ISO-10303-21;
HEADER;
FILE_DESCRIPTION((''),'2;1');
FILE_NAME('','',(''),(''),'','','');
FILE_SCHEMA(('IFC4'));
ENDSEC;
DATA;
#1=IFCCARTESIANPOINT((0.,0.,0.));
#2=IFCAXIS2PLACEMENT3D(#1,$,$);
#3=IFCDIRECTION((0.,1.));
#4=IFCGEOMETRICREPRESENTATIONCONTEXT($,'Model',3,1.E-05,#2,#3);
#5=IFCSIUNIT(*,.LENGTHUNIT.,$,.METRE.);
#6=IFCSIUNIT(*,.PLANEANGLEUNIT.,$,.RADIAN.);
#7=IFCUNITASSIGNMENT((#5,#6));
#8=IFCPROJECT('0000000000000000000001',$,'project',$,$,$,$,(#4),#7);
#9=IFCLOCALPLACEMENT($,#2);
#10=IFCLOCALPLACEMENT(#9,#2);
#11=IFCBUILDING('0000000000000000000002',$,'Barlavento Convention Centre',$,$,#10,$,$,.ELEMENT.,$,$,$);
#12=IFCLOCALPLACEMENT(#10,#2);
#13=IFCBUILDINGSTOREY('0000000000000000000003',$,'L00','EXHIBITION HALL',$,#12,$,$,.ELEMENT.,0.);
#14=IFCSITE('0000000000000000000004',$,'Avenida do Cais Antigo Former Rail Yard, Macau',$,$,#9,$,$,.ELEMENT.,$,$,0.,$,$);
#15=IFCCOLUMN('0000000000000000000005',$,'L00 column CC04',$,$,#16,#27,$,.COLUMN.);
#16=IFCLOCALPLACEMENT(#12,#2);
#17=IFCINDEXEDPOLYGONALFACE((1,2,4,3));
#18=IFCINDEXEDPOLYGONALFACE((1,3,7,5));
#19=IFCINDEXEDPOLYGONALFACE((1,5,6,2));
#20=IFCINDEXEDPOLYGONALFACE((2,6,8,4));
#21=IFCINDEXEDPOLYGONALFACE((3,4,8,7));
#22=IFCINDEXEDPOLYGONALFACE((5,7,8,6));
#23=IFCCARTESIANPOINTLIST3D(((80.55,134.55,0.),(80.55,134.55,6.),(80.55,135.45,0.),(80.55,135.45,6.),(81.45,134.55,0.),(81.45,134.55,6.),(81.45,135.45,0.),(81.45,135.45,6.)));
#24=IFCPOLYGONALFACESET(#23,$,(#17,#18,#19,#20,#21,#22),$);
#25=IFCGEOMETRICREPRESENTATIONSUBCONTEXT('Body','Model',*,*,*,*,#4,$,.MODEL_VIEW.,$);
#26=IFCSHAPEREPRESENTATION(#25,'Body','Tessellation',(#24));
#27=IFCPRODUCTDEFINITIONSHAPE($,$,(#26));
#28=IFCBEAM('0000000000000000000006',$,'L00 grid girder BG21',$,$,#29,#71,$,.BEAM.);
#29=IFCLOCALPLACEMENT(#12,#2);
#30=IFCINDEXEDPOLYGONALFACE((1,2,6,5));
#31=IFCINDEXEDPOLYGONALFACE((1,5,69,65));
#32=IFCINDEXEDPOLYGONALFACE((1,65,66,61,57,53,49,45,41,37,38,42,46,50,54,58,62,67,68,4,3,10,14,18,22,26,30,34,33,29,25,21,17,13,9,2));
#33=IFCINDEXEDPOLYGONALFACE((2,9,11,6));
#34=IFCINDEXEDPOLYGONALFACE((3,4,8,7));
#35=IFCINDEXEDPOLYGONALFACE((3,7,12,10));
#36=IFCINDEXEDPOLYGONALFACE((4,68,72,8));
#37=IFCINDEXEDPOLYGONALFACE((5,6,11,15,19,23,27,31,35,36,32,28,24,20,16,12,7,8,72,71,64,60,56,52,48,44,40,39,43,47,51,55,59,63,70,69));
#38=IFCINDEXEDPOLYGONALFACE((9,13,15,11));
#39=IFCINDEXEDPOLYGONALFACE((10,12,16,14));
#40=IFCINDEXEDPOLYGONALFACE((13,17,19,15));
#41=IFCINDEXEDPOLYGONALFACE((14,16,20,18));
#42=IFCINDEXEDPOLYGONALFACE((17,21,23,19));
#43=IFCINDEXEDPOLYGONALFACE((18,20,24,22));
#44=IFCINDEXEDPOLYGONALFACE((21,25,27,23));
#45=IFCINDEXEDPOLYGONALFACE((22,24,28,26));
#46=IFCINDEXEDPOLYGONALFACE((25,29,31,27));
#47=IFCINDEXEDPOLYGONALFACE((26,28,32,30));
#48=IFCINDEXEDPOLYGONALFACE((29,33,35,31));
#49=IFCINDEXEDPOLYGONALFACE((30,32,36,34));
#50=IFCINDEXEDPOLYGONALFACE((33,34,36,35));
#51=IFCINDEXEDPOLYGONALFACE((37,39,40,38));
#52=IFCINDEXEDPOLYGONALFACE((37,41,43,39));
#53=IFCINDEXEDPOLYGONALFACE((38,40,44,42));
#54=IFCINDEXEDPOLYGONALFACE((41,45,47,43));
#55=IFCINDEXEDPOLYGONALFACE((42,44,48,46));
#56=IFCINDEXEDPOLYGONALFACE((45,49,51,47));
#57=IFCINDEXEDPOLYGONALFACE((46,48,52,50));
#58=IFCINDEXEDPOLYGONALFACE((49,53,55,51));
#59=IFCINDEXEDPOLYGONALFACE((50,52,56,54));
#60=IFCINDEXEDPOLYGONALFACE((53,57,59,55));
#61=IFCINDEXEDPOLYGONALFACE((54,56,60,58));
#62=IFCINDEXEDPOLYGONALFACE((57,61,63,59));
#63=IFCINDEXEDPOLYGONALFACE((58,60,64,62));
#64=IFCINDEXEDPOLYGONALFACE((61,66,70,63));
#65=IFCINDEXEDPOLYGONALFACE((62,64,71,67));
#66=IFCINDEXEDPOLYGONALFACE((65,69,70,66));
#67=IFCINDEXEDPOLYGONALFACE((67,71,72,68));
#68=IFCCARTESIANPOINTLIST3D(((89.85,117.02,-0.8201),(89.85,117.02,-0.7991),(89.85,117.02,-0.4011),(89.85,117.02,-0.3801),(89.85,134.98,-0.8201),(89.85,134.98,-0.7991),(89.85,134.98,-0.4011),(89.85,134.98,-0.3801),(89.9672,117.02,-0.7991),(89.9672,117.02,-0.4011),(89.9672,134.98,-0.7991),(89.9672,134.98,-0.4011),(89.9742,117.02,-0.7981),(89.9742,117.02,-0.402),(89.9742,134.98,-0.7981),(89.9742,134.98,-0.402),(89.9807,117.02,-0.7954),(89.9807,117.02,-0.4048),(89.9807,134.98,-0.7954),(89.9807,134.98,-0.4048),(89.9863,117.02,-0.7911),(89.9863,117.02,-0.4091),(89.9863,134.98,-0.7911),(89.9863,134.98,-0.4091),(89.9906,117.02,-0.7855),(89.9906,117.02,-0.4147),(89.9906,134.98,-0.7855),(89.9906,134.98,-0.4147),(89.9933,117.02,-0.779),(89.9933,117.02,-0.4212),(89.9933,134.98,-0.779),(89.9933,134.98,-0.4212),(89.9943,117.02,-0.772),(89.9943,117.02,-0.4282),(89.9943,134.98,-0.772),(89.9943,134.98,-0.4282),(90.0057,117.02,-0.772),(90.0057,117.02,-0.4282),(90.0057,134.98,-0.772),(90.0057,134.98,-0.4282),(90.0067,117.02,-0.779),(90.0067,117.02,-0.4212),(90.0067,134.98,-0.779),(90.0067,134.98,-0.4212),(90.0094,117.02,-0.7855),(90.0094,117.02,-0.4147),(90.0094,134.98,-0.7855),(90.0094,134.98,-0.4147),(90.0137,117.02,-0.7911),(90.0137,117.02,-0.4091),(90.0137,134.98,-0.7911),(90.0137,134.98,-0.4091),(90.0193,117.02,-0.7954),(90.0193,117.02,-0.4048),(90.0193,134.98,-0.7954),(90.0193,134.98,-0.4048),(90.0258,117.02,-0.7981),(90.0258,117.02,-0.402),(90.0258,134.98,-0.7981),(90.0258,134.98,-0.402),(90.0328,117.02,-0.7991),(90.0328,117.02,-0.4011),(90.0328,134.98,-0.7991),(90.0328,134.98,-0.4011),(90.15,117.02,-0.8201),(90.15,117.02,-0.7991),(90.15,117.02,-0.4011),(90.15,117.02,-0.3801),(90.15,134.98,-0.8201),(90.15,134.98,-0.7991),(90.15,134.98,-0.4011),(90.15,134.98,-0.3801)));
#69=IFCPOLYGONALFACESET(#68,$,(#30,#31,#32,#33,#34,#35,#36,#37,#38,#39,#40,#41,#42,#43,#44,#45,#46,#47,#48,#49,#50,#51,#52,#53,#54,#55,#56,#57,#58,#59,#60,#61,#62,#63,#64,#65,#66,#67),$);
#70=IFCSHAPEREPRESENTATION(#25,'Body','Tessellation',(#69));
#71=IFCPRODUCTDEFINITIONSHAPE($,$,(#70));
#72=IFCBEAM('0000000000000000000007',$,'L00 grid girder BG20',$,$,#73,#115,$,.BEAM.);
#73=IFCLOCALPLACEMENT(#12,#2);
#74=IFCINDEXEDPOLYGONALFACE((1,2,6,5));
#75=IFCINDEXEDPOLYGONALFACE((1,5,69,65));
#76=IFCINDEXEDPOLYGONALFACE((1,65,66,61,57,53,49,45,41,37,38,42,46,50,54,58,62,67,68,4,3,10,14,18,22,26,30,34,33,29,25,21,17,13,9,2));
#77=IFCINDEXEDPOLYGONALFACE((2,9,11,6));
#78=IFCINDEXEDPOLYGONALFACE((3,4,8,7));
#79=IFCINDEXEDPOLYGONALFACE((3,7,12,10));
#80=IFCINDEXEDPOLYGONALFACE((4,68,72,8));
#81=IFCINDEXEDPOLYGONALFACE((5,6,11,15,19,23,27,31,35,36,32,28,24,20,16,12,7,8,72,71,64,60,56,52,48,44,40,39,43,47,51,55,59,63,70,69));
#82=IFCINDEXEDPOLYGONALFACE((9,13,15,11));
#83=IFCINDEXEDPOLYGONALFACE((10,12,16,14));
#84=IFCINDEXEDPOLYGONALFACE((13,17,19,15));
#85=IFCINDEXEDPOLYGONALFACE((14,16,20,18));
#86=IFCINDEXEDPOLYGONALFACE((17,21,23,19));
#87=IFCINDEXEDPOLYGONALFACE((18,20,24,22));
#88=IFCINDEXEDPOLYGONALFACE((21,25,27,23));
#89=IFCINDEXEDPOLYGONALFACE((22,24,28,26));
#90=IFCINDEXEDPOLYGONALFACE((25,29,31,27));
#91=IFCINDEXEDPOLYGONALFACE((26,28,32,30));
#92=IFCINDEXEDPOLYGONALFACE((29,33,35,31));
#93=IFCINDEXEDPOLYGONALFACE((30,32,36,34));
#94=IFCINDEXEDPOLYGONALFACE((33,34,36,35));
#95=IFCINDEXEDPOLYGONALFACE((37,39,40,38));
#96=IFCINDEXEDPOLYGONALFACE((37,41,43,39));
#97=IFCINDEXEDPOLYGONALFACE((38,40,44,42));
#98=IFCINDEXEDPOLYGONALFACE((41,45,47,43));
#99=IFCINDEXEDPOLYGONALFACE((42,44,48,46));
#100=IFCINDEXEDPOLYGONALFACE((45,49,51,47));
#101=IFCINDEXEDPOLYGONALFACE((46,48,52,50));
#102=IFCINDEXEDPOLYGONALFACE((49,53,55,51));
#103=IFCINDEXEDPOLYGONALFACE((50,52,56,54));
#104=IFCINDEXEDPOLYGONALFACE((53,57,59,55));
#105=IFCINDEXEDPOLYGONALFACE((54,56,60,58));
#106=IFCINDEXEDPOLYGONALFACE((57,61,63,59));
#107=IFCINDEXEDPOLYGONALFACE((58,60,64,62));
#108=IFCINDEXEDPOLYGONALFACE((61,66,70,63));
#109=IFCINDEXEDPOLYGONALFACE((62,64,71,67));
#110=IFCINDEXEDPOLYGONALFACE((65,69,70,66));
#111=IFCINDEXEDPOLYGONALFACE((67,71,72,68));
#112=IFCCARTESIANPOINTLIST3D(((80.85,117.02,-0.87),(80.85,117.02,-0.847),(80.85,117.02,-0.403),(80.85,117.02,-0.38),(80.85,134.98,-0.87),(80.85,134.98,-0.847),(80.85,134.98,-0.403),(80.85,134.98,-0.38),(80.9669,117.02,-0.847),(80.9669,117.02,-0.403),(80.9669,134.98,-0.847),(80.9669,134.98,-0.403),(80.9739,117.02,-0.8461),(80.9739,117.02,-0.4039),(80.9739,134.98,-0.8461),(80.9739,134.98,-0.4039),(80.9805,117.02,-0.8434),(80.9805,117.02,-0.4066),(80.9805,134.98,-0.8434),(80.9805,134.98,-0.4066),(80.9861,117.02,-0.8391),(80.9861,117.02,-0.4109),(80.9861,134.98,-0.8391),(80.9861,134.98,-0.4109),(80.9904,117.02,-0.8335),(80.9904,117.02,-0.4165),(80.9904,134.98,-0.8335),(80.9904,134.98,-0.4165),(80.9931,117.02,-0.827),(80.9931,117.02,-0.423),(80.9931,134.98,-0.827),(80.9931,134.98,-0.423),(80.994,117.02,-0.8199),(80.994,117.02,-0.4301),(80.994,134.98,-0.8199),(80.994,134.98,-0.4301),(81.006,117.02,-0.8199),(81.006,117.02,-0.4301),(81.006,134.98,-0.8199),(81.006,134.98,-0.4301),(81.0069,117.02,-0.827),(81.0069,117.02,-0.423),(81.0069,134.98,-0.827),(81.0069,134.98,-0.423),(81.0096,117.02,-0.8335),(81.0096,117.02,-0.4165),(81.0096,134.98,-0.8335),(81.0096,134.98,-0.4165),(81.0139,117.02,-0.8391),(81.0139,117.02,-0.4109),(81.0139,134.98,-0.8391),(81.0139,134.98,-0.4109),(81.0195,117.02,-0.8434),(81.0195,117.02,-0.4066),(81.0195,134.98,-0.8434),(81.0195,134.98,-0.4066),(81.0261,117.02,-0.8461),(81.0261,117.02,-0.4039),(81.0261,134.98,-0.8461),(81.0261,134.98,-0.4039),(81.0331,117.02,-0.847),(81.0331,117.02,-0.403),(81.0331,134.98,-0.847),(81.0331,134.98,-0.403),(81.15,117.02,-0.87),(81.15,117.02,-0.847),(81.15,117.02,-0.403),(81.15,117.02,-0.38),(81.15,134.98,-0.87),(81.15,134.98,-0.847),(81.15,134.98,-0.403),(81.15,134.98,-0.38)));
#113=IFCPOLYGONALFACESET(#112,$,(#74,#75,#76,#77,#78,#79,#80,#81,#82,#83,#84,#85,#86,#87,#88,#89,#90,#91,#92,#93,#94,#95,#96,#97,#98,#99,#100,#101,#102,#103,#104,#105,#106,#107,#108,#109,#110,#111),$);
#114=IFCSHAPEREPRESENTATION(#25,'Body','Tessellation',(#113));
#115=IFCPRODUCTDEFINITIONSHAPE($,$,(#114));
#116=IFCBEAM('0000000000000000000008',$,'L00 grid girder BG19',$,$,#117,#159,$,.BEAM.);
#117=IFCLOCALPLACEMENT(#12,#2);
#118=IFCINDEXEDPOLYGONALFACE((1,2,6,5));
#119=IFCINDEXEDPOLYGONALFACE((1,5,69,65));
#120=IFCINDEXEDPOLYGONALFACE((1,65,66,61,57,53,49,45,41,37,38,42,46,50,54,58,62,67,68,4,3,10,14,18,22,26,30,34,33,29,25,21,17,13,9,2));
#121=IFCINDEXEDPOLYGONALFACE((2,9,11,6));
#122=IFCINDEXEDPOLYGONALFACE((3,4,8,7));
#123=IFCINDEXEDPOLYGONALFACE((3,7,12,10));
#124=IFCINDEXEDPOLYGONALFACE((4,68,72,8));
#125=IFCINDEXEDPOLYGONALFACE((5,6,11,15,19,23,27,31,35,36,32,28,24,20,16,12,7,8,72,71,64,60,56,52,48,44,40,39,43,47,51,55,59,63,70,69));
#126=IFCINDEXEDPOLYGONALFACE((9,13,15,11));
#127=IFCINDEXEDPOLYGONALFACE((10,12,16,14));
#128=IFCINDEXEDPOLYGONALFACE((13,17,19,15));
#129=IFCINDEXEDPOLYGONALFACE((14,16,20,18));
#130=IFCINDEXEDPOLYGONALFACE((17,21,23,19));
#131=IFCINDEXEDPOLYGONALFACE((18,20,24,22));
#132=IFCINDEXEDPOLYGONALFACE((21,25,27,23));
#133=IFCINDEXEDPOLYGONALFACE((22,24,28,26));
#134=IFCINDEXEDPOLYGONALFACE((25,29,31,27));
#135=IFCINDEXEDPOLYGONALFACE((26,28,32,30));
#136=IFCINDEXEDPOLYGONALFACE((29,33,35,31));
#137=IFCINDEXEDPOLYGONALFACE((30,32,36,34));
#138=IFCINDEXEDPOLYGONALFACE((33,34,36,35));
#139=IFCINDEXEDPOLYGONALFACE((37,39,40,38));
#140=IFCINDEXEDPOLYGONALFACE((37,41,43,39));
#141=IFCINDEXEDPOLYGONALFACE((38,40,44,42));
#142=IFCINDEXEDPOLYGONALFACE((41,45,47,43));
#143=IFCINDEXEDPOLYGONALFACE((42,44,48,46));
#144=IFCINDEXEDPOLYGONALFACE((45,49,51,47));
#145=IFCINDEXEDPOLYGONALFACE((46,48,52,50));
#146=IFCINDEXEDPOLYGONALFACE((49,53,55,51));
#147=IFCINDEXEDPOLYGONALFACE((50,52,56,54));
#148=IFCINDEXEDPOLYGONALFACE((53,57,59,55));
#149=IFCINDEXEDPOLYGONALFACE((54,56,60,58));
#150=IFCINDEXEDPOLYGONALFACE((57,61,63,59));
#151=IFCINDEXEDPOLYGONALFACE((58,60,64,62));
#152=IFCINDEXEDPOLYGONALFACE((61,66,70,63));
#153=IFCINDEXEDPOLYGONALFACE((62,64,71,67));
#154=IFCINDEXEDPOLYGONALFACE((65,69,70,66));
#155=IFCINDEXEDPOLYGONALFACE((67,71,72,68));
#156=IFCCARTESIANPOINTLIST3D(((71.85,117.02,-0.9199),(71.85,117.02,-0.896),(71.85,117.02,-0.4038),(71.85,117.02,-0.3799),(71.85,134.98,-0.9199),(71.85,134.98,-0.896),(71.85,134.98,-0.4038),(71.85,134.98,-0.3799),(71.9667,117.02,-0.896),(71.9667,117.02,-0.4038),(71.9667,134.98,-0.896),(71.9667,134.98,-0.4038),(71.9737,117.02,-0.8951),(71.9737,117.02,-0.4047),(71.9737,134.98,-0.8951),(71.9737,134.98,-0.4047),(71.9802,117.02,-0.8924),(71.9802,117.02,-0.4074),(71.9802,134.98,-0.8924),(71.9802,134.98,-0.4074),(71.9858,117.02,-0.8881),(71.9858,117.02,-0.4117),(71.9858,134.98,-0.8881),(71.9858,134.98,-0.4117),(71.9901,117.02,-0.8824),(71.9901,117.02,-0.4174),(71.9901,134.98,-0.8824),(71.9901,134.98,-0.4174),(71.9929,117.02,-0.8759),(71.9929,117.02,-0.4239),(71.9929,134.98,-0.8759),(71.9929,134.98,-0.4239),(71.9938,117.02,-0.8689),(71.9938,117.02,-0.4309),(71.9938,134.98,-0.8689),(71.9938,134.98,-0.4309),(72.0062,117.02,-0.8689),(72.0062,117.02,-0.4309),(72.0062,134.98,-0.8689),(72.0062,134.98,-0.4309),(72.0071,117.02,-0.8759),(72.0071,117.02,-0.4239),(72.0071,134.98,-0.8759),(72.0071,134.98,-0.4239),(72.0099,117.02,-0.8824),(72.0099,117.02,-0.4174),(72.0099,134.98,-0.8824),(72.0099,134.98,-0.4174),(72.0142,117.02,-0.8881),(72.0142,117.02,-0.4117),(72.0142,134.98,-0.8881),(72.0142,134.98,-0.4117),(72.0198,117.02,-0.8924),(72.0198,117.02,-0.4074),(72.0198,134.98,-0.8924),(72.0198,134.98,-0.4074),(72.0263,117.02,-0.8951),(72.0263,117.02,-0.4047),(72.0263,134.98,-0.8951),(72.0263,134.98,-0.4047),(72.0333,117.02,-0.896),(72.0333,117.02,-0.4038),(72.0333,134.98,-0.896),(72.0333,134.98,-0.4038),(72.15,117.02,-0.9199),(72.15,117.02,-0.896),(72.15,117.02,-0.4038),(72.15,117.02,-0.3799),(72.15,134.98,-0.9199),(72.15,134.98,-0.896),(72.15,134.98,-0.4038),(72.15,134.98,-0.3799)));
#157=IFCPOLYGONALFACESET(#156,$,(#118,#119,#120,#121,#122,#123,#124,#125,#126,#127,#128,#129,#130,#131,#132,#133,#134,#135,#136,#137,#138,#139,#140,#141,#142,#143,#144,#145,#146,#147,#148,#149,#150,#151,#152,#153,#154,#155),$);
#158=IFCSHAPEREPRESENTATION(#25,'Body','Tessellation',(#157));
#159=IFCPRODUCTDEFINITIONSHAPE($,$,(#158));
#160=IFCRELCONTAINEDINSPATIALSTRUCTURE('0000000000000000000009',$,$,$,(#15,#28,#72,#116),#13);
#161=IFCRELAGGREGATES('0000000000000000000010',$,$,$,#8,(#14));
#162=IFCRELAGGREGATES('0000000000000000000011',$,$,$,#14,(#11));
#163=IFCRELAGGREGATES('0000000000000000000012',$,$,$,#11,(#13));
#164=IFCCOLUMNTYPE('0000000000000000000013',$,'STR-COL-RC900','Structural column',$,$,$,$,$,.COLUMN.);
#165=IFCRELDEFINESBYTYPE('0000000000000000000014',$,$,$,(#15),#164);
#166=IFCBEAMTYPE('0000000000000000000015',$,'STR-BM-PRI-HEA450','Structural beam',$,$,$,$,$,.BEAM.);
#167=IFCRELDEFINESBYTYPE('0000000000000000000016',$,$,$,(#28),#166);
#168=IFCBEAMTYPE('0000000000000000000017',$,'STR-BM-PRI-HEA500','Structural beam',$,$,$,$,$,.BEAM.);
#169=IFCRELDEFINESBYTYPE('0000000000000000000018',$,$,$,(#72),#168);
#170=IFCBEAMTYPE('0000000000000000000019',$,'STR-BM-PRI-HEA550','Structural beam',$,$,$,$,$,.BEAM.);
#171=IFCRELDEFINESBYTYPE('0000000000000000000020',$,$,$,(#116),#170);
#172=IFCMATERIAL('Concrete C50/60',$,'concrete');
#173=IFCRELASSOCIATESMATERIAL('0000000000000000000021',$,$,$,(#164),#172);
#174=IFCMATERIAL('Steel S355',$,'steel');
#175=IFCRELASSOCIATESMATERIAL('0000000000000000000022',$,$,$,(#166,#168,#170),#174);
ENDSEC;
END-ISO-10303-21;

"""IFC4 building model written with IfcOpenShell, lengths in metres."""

from ifc_helpers import new_model, si_unit, direction, frame, origin, origin_2d, place, context, subcontext, project, spatial, rectangle, i_section, extrude, material, material_profile, profile_set, type_object, element, save


model = new_model("IFC4")

# Units and contexts
model_context = context("Model", 3, precision=1e-05, world=origin(), true_north=direction((0.0, 1.0)))
body_context = subcontext(model_context, "Body", "Model", "MODEL_VIEW")
ifc_project = project(units=[si_unit("LENGTHUNIT", "METRE"), si_unit("PLANEANGLEUNIT", "RADIAN")], contexts=[model_context])

# Site, building, storey
site_placement = place(None, origin())
site = spatial("IfcSite", under=ifc_project, at=site_placement, Name="Avenida do Cais Antigo Former Rail Yard, Macau", CompositionType="ELEMENT", RefElevation=0.0)
building_placement = place(site_placement, origin())
building = spatial("IfcBuilding", under=site, at=building_placement, Name="Barlavento Convention Centre", CompositionType="ELEMENT")
storey_placement = place(building_placement, origin())
storey = spatial("IfcBuildingStorey", under=building, at=storey_placement, Name="L00", Description="EXHIBITION HALL", CompositionType="ELEMENT", Elevation=0.0)

# Column
ifc_material_1 = material(Name="Concrete C50/60", Category="concrete")
ifc_material_profile_1 = material_profile(ifc_material_1, rectangle(XDim=0.8999, YDim=0.8999, at=origin_2d()), Name="RC 900x900")
ifc_profile_set_1 = profile_set([ifc_material_profile_1], Name="Concrete C50/60")
column_type_1 = type_object("IfcColumnType", Name="STR-COL-RC900", Description="Structural column", PredefinedType="COLUMN", material=ifc_profile_set_1)
for number, where, z_axis, x_axis, name in (
    (1, (81.0, 135.0, 0.0), (0.0, 0.0, 1.0), (1.0, 0.0, 0.0), "L00 column CC04"),
):
    element("IfcColumn", number, at=place(storey_placement, frame(where, z_axis=z_axis, x_axis=x_axis)), inside=storey, type_object=column_type_1, Name=name, PredefinedType="COLUMN", context=body_context, shape_type="SweptSolid", body=[
        extrude(rectangle(XDim=0.8999, YDim=0.8999, at=origin_2d()), origin(), (0.0, 0.0, 1.0), 6.0),
    ])

# Beams
ifc_material_2 = material(Name="Steel S355", Category="steel")
ifc_material_profile_2 = material_profile(ifc_material_2, i_section(OverallWidth=0.3, OverallDepth=0.4399, WebThickness=0.0115, FlangeThickness=0.021, FilletRadius=0.0271, at=origin_2d()), Name="HEA 450")
ifc_profile_set_2 = profile_set([ifc_material_profile_2], Name="Steel S355")
beam_type_1 = type_object("IfcBeamType", Name="STR-BM-PRI-HEA450", Description="Structural beam", PredefinedType="BEAM", material=ifc_profile_set_2)
beam_1_placement = place(storey_placement, frame((90.0, 117.02, -0.6001), z_axis=(0.0, 1.0, 0.0), x_axis=(-1.0, 0.0, 0.0)))
element("IfcBeam", 2, at=beam_1_placement, inside=storey, type_object=beam_type_1, Name="L00 grid girder BG21", PredefinedType="BEAM", context=body_context, shape_type="SweptSolid", body=[
    extrude(i_section(OverallWidth=0.3, OverallDepth=0.4399, WebThickness=0.0115, FlangeThickness=0.021, FilletRadius=0.0271, at=origin_2d()), origin(), (0.0, 0.0, 1.0), 17.96),
])
ifc_material_profile_3 = material_profile(ifc_material_2, i_section(OverallWidth=0.3, OverallDepth=0.49, WebThickness=0.012, FlangeThickness=0.0229, FilletRadius=0.0271, at=origin_2d()), Name="HEA 500")
ifc_profile_set_3 = profile_set([ifc_material_profile_3], Name="Steel S355")
beam_type_2 = type_object("IfcBeamType", Name="STR-BM-PRI-HEA500", Description="Structural beam", PredefinedType="BEAM", material=ifc_profile_set_3)
beam_2_placement = place(storey_placement, frame((81.0, 117.02, -0.625), z_axis=(0.0, 1.0, 0.0), x_axis=(-1.0, 0.0, 0.0)))
element("IfcBeam", 3, at=beam_2_placement, inside=storey, type_object=beam_type_2, Name="L00 grid girder BG20", PredefinedType="BEAM", context=body_context, shape_type="SweptSolid", body=[
    extrude(i_section(OverallWidth=0.3, OverallDepth=0.49, WebThickness=0.012, FlangeThickness=0.0229, FilletRadius=0.0271, at=origin_2d()), origin(), (0.0, 0.0, 1.0), 17.96),
])
ifc_material_profile_4 = material_profile(ifc_material_2, i_section(OverallWidth=0.3, OverallDepth=0.54, WebThickness=0.0125, FlangeThickness=0.0239, FilletRadius=0.0271, at=origin_2d()), Name="HEA 550")
ifc_profile_set_4 = profile_set([ifc_material_profile_4], Name="Steel S355")
beam_type_3 = type_object("IfcBeamType", Name="STR-BM-PRI-HEA550", Description="Structural beam", PredefinedType="BEAM", material=ifc_profile_set_4)
beam_3_placement = place(storey_placement, frame((72.0, 117.02, -0.6499), z_axis=(0.0, 1.0, 0.0), x_axis=(-1.0, 0.0, 0.0)))
element("IfcBeam", 4, at=beam_3_placement, inside=storey, type_object=beam_type_3, Name="L00 grid girder BG19", PredefinedType="BEAM", context=body_context, shape_type="SweptSolid", body=[
    extrude(i_section(OverallWidth=0.3, OverallDepth=0.54, WebThickness=0.0125, FlangeThickness=0.0239, FilletRadius=0.0271, at=origin_2d()), origin(), (0.0, 0.0, 1.0), 17.96),
])

save(model, "model.ifc")
